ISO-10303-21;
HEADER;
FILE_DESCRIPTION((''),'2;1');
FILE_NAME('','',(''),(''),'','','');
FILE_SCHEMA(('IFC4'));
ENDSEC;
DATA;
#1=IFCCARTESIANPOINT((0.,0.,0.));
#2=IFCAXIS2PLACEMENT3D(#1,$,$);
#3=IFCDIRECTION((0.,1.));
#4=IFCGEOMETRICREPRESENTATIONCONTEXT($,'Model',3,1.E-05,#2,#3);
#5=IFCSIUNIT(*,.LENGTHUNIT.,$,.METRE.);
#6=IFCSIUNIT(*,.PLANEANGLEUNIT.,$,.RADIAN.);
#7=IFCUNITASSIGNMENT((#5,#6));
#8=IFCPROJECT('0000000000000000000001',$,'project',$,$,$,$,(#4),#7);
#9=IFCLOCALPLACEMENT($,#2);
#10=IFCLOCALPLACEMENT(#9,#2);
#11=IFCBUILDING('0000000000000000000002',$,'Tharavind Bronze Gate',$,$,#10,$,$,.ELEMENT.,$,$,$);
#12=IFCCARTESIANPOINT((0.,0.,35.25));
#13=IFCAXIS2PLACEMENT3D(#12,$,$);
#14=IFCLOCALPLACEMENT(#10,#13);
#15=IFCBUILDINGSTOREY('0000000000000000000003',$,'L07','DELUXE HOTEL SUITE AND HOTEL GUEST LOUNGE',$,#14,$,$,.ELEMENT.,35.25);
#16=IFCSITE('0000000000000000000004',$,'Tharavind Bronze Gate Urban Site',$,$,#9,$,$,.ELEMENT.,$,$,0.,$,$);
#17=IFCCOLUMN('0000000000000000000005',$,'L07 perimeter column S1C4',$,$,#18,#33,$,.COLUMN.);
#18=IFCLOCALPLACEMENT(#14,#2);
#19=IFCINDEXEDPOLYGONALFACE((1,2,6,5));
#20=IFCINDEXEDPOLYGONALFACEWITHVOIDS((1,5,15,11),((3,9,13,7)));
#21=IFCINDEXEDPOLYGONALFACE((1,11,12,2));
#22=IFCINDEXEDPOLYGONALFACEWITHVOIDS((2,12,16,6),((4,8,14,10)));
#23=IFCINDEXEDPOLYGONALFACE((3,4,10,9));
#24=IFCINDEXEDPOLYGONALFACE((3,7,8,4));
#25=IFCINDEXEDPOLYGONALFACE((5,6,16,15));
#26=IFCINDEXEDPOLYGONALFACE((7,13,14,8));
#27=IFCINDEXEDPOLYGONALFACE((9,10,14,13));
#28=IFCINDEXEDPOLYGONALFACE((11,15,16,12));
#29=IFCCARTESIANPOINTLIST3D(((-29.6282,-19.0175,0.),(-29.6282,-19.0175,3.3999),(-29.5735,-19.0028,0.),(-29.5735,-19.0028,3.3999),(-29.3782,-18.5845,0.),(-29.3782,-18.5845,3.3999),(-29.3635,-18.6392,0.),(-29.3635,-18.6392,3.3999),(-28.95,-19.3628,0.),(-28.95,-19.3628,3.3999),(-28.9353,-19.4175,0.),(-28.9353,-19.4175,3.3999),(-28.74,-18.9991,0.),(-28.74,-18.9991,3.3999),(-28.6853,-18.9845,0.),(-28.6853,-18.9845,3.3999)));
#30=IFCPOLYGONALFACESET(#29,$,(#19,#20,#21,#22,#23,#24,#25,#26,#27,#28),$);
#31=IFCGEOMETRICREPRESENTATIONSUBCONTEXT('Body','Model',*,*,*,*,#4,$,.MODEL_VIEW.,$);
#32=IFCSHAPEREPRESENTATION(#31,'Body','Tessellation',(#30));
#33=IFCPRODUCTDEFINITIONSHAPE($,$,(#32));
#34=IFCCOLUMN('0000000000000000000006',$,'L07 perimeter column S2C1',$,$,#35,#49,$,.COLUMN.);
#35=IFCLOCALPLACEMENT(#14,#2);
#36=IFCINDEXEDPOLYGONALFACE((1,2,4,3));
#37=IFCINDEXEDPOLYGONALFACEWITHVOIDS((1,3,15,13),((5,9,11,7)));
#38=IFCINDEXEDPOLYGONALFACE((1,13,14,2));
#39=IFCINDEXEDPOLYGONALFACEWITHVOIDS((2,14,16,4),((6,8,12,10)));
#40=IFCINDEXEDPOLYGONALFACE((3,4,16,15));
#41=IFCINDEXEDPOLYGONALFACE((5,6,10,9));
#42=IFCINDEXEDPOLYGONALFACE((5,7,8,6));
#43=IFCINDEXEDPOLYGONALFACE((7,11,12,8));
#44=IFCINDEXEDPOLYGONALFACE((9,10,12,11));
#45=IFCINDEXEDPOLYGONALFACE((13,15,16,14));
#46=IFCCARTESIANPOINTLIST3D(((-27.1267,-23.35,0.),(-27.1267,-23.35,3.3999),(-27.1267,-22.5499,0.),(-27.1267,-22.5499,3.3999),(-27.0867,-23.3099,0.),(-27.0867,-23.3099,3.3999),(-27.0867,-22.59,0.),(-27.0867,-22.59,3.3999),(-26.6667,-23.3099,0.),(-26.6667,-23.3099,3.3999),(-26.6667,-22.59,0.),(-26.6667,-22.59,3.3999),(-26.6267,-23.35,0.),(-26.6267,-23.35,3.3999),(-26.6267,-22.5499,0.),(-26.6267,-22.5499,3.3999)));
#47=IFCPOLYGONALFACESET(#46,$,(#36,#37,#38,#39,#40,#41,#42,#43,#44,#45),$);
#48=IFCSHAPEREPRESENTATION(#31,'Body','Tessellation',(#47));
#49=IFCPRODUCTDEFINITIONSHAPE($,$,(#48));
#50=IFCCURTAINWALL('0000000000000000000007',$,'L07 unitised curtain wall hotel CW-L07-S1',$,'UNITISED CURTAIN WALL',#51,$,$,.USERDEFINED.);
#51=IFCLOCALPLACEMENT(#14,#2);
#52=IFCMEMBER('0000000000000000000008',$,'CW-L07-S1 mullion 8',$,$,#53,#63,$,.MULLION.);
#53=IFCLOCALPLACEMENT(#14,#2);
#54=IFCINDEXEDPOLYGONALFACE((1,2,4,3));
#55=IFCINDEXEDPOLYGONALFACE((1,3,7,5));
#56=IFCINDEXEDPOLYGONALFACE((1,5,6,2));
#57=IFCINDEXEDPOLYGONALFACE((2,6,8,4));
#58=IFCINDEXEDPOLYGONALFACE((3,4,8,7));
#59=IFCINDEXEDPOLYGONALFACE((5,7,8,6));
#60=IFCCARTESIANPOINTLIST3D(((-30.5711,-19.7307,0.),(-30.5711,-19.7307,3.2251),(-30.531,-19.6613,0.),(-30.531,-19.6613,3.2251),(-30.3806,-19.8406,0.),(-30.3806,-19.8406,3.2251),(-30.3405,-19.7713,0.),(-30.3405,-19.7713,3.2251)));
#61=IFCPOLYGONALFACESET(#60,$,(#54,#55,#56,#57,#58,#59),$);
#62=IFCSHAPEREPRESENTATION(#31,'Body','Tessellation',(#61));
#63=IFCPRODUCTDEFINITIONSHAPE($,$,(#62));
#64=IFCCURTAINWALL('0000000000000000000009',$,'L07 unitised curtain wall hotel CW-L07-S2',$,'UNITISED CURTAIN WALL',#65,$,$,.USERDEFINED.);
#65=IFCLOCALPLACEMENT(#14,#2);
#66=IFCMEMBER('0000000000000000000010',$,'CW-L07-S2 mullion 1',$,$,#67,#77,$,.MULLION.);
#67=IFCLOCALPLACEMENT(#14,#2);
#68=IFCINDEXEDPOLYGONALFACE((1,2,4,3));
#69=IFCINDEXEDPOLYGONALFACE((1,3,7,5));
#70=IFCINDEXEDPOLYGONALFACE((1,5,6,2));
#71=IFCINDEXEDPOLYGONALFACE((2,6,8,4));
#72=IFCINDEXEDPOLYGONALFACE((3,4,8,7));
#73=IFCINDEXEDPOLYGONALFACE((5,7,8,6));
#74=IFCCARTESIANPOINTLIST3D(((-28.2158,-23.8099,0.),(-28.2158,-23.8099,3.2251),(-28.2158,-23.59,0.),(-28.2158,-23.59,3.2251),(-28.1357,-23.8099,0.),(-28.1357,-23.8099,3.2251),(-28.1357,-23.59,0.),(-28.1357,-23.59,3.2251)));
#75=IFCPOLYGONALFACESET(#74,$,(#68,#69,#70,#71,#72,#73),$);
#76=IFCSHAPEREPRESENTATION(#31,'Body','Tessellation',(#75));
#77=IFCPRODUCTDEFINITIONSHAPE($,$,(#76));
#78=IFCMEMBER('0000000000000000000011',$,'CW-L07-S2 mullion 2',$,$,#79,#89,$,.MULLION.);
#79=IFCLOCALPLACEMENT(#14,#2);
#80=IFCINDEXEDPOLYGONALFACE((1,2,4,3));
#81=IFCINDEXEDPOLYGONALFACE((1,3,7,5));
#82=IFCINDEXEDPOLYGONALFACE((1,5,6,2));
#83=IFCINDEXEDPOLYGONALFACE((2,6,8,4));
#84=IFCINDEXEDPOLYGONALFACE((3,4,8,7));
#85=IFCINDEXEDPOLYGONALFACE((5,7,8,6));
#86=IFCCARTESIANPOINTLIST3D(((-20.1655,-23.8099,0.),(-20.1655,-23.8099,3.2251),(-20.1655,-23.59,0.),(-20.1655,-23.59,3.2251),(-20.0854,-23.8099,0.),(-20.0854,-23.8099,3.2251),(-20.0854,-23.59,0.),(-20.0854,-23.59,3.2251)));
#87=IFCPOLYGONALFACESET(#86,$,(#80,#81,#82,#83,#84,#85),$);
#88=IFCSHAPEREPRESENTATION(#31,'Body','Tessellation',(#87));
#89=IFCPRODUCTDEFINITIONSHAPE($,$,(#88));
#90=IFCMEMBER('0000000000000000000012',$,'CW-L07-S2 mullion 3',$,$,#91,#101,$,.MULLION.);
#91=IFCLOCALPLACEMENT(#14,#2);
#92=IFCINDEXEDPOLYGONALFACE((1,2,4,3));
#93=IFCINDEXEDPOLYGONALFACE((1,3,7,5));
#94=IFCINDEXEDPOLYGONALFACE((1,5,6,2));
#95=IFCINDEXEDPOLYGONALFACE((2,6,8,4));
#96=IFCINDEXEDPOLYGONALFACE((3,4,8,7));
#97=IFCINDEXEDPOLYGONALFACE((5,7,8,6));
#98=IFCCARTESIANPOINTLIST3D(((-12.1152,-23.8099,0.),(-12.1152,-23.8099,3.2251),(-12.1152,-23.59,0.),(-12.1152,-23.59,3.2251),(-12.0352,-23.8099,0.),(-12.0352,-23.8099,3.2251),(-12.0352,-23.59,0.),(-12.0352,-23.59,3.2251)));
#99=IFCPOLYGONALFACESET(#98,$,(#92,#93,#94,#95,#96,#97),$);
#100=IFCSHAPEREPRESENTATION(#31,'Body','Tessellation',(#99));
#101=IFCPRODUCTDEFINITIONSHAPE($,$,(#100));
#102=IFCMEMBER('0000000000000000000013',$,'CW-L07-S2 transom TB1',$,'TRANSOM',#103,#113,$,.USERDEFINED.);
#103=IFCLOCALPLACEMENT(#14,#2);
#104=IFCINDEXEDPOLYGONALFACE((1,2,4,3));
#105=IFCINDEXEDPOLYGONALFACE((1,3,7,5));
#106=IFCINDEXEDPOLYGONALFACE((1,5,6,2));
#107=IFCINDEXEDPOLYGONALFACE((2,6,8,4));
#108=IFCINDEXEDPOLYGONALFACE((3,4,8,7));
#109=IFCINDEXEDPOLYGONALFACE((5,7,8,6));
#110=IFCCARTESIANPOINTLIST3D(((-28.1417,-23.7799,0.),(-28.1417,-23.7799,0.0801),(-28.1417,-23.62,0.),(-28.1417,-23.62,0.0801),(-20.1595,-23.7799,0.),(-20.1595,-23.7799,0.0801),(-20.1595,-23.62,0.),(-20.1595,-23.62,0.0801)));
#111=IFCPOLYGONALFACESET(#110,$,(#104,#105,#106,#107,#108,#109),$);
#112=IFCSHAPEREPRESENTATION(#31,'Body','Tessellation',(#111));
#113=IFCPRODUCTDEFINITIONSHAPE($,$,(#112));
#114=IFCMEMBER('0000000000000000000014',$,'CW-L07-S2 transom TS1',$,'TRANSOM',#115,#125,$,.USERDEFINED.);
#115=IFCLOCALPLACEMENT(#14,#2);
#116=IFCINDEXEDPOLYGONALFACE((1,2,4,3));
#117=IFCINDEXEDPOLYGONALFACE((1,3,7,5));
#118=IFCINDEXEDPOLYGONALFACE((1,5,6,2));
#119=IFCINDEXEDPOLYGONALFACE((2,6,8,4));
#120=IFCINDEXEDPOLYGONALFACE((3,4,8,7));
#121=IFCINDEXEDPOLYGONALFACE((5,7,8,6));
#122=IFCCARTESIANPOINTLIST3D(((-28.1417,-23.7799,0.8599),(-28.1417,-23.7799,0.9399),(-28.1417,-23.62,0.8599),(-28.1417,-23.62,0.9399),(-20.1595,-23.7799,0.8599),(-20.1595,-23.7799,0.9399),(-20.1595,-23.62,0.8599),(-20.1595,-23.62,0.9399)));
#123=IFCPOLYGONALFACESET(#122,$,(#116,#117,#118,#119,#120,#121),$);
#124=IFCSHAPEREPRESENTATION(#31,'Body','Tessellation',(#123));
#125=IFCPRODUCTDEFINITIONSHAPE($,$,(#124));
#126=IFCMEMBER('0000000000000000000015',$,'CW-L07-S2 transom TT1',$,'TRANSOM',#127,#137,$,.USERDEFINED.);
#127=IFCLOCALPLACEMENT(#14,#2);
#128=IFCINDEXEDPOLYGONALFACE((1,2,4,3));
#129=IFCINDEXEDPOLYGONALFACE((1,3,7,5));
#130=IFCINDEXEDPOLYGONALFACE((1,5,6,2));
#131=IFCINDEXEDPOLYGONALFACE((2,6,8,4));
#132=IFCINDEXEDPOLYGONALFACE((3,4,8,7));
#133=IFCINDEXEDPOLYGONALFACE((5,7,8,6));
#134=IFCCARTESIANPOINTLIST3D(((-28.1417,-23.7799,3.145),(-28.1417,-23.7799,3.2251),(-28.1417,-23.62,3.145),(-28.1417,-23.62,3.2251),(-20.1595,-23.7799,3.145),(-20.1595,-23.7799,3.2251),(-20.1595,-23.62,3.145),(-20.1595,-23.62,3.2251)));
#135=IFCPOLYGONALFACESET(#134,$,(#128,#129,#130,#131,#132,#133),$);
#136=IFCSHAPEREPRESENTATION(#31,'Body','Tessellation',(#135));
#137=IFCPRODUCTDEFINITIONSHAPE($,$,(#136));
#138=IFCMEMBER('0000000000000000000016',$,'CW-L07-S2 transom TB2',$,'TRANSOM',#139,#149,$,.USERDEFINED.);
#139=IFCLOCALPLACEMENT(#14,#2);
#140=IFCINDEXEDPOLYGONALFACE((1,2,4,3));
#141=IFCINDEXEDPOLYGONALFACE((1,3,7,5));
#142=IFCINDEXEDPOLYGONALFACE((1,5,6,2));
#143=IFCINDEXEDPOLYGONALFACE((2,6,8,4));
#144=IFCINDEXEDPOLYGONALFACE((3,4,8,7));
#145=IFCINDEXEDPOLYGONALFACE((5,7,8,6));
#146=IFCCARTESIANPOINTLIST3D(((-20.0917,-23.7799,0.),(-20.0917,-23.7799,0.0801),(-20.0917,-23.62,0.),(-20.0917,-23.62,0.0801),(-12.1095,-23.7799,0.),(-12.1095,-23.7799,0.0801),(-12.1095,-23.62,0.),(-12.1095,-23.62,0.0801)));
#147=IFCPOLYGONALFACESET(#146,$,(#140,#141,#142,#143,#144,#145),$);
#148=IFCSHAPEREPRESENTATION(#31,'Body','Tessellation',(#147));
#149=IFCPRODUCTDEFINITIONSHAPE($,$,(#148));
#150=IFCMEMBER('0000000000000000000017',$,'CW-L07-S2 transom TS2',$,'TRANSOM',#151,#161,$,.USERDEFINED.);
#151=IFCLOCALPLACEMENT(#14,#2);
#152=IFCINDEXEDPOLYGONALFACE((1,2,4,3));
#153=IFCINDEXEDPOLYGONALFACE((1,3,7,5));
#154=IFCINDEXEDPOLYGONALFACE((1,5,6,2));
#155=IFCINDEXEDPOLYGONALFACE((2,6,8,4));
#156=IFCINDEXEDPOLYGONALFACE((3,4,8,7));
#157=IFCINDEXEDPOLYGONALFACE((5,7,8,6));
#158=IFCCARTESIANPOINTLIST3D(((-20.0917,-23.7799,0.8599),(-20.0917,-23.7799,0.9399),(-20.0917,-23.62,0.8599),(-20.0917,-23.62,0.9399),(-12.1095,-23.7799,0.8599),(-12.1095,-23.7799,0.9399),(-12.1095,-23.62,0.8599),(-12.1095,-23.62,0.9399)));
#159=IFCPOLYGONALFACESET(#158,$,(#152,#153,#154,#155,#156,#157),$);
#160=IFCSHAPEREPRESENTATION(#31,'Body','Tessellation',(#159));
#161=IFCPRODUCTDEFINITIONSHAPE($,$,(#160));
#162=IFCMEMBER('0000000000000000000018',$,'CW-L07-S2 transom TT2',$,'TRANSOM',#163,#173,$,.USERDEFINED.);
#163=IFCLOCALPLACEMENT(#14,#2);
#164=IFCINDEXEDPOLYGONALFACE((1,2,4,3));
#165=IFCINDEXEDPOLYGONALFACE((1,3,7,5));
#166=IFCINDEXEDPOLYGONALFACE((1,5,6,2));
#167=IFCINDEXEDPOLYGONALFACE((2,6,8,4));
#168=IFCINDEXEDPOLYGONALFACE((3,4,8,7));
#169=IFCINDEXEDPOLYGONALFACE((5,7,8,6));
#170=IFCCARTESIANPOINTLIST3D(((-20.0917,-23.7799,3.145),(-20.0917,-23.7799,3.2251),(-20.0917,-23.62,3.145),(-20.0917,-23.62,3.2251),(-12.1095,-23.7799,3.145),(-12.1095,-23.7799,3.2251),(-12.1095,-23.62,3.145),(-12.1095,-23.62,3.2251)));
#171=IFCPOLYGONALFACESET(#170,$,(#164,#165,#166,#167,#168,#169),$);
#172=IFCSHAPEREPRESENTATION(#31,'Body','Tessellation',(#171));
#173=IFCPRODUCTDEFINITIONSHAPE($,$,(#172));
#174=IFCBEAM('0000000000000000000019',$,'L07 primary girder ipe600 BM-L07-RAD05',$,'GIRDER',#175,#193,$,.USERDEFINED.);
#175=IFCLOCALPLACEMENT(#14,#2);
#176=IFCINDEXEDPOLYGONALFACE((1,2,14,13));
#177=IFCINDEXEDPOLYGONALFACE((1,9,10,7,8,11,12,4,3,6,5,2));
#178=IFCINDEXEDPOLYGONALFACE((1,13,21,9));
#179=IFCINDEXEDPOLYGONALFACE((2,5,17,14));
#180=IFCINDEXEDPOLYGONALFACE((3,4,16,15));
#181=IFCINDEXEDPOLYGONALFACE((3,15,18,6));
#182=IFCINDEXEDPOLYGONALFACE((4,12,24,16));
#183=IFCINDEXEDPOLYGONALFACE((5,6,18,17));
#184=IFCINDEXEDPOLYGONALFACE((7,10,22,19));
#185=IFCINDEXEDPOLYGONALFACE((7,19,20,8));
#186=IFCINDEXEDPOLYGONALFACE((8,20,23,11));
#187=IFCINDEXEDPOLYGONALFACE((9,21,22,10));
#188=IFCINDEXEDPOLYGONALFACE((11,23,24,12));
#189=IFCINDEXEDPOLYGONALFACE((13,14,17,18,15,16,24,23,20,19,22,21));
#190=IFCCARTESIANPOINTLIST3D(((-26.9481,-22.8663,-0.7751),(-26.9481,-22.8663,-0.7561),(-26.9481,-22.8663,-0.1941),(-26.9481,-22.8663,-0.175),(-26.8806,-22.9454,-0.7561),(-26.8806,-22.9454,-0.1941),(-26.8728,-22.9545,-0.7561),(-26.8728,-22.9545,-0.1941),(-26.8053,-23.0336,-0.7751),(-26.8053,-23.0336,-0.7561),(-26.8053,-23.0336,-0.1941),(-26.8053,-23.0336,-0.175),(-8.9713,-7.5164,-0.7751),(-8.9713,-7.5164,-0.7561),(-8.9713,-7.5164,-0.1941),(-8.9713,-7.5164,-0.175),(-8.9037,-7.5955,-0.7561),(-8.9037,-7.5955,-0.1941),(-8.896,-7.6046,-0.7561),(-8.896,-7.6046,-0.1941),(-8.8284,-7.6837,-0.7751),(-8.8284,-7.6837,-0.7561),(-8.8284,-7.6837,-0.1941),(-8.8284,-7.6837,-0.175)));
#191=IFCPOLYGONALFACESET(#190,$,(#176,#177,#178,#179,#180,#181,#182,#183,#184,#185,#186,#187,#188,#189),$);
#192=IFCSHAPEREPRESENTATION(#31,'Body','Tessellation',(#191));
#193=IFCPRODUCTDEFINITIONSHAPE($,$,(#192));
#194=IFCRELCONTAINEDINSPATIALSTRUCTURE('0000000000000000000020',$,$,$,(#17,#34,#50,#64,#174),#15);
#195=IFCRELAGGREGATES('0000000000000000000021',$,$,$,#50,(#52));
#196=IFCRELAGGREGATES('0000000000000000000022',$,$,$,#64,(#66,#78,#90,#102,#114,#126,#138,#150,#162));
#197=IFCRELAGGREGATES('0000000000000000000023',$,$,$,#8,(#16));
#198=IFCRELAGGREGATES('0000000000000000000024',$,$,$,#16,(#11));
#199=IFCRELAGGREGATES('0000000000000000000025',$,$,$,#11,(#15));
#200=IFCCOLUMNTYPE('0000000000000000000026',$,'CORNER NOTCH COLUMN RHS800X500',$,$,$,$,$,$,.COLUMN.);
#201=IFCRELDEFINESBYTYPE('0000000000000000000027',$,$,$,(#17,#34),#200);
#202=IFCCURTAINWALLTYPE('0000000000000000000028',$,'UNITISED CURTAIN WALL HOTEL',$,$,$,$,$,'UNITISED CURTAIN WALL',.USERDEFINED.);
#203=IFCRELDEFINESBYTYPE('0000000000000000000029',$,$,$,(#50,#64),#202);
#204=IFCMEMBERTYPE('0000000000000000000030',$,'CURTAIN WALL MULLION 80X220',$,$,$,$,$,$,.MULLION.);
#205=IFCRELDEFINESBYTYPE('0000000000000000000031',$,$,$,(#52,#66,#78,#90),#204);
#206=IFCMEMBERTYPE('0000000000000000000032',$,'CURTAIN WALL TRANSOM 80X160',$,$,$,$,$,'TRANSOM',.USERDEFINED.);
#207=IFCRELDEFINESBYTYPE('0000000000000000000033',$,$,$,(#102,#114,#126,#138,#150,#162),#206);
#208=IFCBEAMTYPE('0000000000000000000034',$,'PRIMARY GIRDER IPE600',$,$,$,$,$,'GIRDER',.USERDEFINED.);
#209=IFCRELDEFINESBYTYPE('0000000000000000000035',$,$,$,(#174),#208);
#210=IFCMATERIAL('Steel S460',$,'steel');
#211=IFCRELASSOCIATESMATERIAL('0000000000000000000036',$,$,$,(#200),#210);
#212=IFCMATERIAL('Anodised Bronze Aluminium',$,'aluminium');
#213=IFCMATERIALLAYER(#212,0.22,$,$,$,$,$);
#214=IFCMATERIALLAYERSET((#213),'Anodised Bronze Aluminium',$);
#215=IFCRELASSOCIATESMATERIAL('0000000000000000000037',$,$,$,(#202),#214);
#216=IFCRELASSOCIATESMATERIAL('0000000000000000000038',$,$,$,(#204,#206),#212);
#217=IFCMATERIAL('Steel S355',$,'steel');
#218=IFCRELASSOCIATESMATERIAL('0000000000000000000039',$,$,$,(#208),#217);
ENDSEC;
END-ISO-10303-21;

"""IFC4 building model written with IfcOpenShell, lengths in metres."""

from ifc_helpers import new_model, si_unit, direction, frame, origin, origin_2d, place, context, subcontext, project, spatial, rectangle, hollow_rectangle, i_section, extrude, material, layer, layer_set, material_profile, profile_set, type_object, element, aggregate, save


model = new_model("IFC4")

# Units and contexts
model_context = context("Model", 3, precision=1e-05, world=origin(), true_north=direction((0.0, 1.0)))
body_context = subcontext(model_context, "Body", "Model", "MODEL_VIEW")
ifc_project = project(units=[si_unit("LENGTHUNIT", "METRE"), si_unit("PLANEANGLEUNIT", "RADIAN")], contexts=[model_context])

# Site, building, storey
site_placement = place(None, origin())
site = spatial("IfcSite", under=ifc_project, at=site_placement, Name="Tharavind Bronze Gate Urban Site", CompositionType="ELEMENT", RefElevation=0.0)
building_placement = place(site_placement, origin())
building = spatial("IfcBuilding", under=site, at=building_placement, Name="Tharavind Bronze Gate", CompositionType="ELEMENT")
storey_placement = place(building_placement, frame((0.0, 0.0, 35.25)))
storey = spatial("IfcBuildingStorey", under=building, at=storey_placement, Name="L07", Description="DELUXE HOTEL SUITE AND HOTEL GUEST LOUNGE", CompositionType="ELEMENT", Elevation=35.25)

# Columns
ifc_material_1 = material(Name="Steel S460", Category="steel")
ifc_material_profile_1 = material_profile(ifc_material_1, hollow_rectangle(XDim=0.5, YDim=0.8, WallThickness=0.04, at=origin_2d()), Name="RHS800X500X40")
ifc_profile_set_1 = profile_set([ifc_material_profile_1], Name="Steel S460")
column_type = type_object("IfcColumnType", Name="CORNER NOTCH COLUMN RHS800X500", PredefinedType="COLUMN", material=ifc_profile_set_1)
for number, where, z_axis, x_axis, name in (
    (1, (-29.1567, -19.001, 0.0), (0.0, 0.0, 1.0), (0.500002, 0.866025, 0.0), "L07 perimeter column S1C4"),
    (2, (-26.8767, -22.95, 0.0), (0.0, 0.0, 1.0), (1.0, 0.0, 0.0), "L07 perimeter column S2C1"),
):
    element("IfcColumn", number, at=place(storey_placement, frame(where, z_axis=z_axis, x_axis=x_axis)), inside=storey, type_object=column_type, Name=name, PredefinedType="COLUMN", context=body_context, shape_type="SweptSolid", body=[
        extrude(hollow_rectangle(XDim=0.5, YDim=0.8, WallThickness=0.04, at=origin_2d()), origin(), (0.0, 0.0, 1.0), 3.3999),
    ])

# Curtain wall, member
ifc_material_2 = material(Name="Anodised Bronze Aluminium", Category="aluminium")
ifc_layer_1 = layer(ifc_material_2, 0.22)
ifc_layer_set_1 = layer_set([ifc_layer_1], Name="Anodised Bronze Aluminium")
curtain_wall_type = type_object("IfcCurtainWallType", Name="UNITISED CURTAIN WALL HOTEL", ElementType="UNITISED CURTAIN WALL", PredefinedType="USERDEFINED", material=ifc_layer_set_1)
curtain_wall_1_placement = place(storey_placement, origin())
curtain_wall_1 = element("IfcCurtainWall", 3, at=curtain_wall_1_placement, inside=storey, type_object=curtain_wall_type, Name="L07 unitised curtain wall hotel CW-L07-S1", ObjectType="UNITISED CURTAIN WALL", PredefinedType="USERDEFINED")
member_type_1 = type_object("IfcMemberType", Name="CURTAIN WALL MULLION 80X220", PredefinedType="MULLION", material=ifc_material_2)
member_1_placement = place(storey_placement, frame((-30.4558, -19.751, 0.0), z_axis=(0.0, 0.0, 1.0), x_axis=(-0.500002, -0.866025, 0.0)))
member_1 = element("IfcMember", 4, at=member_1_placement, type_object=member_type_1, Name="CW-L07-S1 mullion 8", PredefinedType="MULLION", context=body_context, shape_type="SweptSolid", body=[
    extrude(rectangle(XDim=0.0801, YDim=0.22, at=origin_2d()), origin(), (0.0, 0.0, 1.0), 3.2251),
])
aggregate(curtain_wall_1, [member_1])

# Curtain wall, members
curtain_wall_2_placement = place(storey_placement, origin())
curtain_wall_2 = element("IfcCurtainWall", 5, at=curtain_wall_2_placement, inside=storey, type_object=curtain_wall_type, Name="L07 unitised curtain wall hotel CW-L07-S2", ObjectType="UNITISED CURTAIN WALL", PredefinedType="USERDEFINED")
member_2_placement = place(storey_placement, frame((-28.1758, -23.7, 0.0), z_axis=(0.0, 0.0, 1.0), x_axis=(1.0, 0.0, 0.0)))
member_2 = element("IfcMember", 6, at=member_2_placement, type_object=member_type_1, Name="CW-L07-S2 mullion 1", PredefinedType="MULLION", context=body_context, shape_type="SweptSolid", body=[
    extrude(rectangle(XDim=0.0801, YDim=0.22, at=origin_2d()), origin(), (0.0, 0.0, 1.0), 3.2251),
])
member_3_placement = place(storey_placement, frame((-20.1255, -23.7, 0.0), z_axis=(0.0, 0.0, 1.0), x_axis=(1.0, 0.0, 0.0)))
member_3 = element("IfcMember", 7, at=member_3_placement, type_object=member_type_1, Name="CW-L07-S2 mullion 2", PredefinedType="MULLION", context=body_context, shape_type="SweptSolid", body=[
    extrude(rectangle(XDim=0.0801, YDim=0.22, at=origin_2d()), origin(), (0.0, 0.0, 1.0), 3.2251),
])
member_4_placement = place(storey_placement, frame((-12.0752, -23.7, 0.0), z_axis=(0.0, 0.0, 1.0), x_axis=(1.0, 0.0, 0.0)))
member_4 = element("IfcMember", 8, at=member_4_placement, type_object=member_type_1, Name="CW-L07-S2 mullion 3", PredefinedType="MULLION", context=body_context, shape_type="SweptSolid", body=[
    extrude(rectangle(XDim=0.0801, YDim=0.22, at=origin_2d()), origin(), (0.0, 0.0, 1.0), 3.2251),
])
member_type_2 = type_object("IfcMemberType", Name="CURTAIN WALL TRANSOM 80X160", ElementType="TRANSOM", PredefinedType="USERDEFINED", material=ifc_material_2)
member_5_placement = place(storey_placement, frame((-24.1506, -23.7, 0.0), z_axis=(0.0, 0.0, 1.0), x_axis=(1.0, 0.0, 0.0)))
member_5 = element("IfcMember", 9, at=member_5_placement, type_object=member_type_2, Name="CW-L07-S2 transom TB1", ObjectType="TRANSOM", PredefinedType="USERDEFINED", context=body_context, shape_type="SweptSolid", body=[
    extrude(rectangle(XDim=7.9822, YDim=0.1599, at=origin_2d()), origin(), (0.0, 0.0, 1.0), 0.0801),
])
member_6_placement = place(storey_placement, frame((-24.1506, -23.7, 0.8599), z_axis=(0.0, 0.0, 1.0), x_axis=(1.0, 0.0, 0.0)))
member_6 = element("IfcMember", 10, at=member_6_placement, type_object=member_type_2, Name="CW-L07-S2 transom TS1", ObjectType="TRANSOM", PredefinedType="USERDEFINED", context=body_context, shape_type="SweptSolid", body=[
    extrude(rectangle(XDim=7.9822, YDim=0.1599, at=origin_2d()), origin(), (0.0, 0.0, 1.0), 0.0801),
])
member_7_placement = place(storey_placement, frame((-24.1506, -23.7, 3.145), z_axis=(0.0, 0.0, 1.0), x_axis=(1.0, 0.0, 0.0)))
member_7 = element("IfcMember", 11, at=member_7_placement, type_object=member_type_2, Name="CW-L07-S2 transom TT1", ObjectType="TRANSOM", PredefinedType="USERDEFINED", context=body_context, shape_type="SweptSolid", body=[
    extrude(rectangle(XDim=7.9822, YDim=0.1599, at=origin_2d()), origin(), (0.0, 0.0, 1.0), 0.0801),
])
member_8_placement = place(storey_placement, frame((-16.1006, -23.7, 0.0), z_axis=(0.0, 0.0, 1.0), x_axis=(1.0, 0.0, 0.0)))
member_8 = element("IfcMember", 12, at=member_8_placement, type_object=member_type_2, Name="CW-L07-S2 transom TB2", ObjectType="TRANSOM", PredefinedType="USERDEFINED", context=body_context, shape_type="SweptSolid", body=[
    extrude(rectangle(XDim=7.9822, YDim=0.1599, at=origin_2d()), origin(), (0.0, 0.0, 1.0), 0.0801),
])
member_9_placement = place(storey_placement, frame((-16.1006, -23.7, 0.8599), z_axis=(0.0, 0.0, 1.0), x_axis=(1.0, 0.0, 0.0)))
member_9 = element("IfcMember", 13, at=member_9_placement, type_object=member_type_2, Name="CW-L07-S2 transom TS2", ObjectType="TRANSOM", PredefinedType="USERDEFINED", context=body_context, shape_type="SweptSolid", body=[
    extrude(rectangle(XDim=7.9822, YDim=0.1599, at=origin_2d()), origin(), (0.0, 0.0, 1.0), 0.0801),
])
member_10_placement = place(storey_placement, frame((-16.1006, -23.7, 3.145), z_axis=(0.0, 0.0, 1.0), x_axis=(1.0, 0.0, 0.0)))
member_10 = element("IfcMember", 14, at=member_10_placement, type_object=member_type_2, Name="CW-L07-S2 transom TT2", ObjectType="TRANSOM", PredefinedType="USERDEFINED", context=body_context, shape_type="SweptSolid", body=[
    extrude(rectangle(XDim=7.9822, YDim=0.1599, at=origin_2d()), origin(), (0.0, 0.0, 1.0), 0.0801),
])

# Beam
ifc_material_3 = material(Name="Steel S355", Category="steel")
ifc_material_profile_2 = material_profile(ifc_material_3, i_section(OverallWidth=0.22, OverallDepth=0.6001, WebThickness=0.012, FlangeThickness=0.019, at=origin_2d()), Name="IPE600")
ifc_profile_set_2 = profile_set([ifc_material_profile_2], Name="Steel S355")
beam_type_1 = type_object("IfcBeamType", Name="PRIMARY GIRDER IPE600", ElementType="GIRDER", PredefinedType="USERDEFINED", material=ifc_profile_set_2)
beam_1_placement = place(storey_placement, frame((-26.8767, -22.95, -0.4751), z_axis=(0.760485, 0.649355, 0.0), x_axis=(-0.649355, 0.760485, 0.0)))
element("IfcBeam", 15, at=beam_1_placement, inside=storey, type_object=beam_type_1, Name="L07 primary girder ipe600 BM-L07-RAD05", ObjectType="GIRDER", PredefinedType="USERDEFINED", context=body_context, shape_type="SweptSolid", body=[
    extrude(i_section(OverallWidth=0.22, OverallDepth=0.6001, WebThickness=0.012, FlangeThickness=0.019, at=origin_2d()), origin(), (0.0, 0.0, 1.0), 23.6387),
])

aggregate(curtain_wall_2, [member_2, member_3, member_4, member_5, member_6, member_7, member_8, member_9, member_10])

save(model, "model.ifc")
